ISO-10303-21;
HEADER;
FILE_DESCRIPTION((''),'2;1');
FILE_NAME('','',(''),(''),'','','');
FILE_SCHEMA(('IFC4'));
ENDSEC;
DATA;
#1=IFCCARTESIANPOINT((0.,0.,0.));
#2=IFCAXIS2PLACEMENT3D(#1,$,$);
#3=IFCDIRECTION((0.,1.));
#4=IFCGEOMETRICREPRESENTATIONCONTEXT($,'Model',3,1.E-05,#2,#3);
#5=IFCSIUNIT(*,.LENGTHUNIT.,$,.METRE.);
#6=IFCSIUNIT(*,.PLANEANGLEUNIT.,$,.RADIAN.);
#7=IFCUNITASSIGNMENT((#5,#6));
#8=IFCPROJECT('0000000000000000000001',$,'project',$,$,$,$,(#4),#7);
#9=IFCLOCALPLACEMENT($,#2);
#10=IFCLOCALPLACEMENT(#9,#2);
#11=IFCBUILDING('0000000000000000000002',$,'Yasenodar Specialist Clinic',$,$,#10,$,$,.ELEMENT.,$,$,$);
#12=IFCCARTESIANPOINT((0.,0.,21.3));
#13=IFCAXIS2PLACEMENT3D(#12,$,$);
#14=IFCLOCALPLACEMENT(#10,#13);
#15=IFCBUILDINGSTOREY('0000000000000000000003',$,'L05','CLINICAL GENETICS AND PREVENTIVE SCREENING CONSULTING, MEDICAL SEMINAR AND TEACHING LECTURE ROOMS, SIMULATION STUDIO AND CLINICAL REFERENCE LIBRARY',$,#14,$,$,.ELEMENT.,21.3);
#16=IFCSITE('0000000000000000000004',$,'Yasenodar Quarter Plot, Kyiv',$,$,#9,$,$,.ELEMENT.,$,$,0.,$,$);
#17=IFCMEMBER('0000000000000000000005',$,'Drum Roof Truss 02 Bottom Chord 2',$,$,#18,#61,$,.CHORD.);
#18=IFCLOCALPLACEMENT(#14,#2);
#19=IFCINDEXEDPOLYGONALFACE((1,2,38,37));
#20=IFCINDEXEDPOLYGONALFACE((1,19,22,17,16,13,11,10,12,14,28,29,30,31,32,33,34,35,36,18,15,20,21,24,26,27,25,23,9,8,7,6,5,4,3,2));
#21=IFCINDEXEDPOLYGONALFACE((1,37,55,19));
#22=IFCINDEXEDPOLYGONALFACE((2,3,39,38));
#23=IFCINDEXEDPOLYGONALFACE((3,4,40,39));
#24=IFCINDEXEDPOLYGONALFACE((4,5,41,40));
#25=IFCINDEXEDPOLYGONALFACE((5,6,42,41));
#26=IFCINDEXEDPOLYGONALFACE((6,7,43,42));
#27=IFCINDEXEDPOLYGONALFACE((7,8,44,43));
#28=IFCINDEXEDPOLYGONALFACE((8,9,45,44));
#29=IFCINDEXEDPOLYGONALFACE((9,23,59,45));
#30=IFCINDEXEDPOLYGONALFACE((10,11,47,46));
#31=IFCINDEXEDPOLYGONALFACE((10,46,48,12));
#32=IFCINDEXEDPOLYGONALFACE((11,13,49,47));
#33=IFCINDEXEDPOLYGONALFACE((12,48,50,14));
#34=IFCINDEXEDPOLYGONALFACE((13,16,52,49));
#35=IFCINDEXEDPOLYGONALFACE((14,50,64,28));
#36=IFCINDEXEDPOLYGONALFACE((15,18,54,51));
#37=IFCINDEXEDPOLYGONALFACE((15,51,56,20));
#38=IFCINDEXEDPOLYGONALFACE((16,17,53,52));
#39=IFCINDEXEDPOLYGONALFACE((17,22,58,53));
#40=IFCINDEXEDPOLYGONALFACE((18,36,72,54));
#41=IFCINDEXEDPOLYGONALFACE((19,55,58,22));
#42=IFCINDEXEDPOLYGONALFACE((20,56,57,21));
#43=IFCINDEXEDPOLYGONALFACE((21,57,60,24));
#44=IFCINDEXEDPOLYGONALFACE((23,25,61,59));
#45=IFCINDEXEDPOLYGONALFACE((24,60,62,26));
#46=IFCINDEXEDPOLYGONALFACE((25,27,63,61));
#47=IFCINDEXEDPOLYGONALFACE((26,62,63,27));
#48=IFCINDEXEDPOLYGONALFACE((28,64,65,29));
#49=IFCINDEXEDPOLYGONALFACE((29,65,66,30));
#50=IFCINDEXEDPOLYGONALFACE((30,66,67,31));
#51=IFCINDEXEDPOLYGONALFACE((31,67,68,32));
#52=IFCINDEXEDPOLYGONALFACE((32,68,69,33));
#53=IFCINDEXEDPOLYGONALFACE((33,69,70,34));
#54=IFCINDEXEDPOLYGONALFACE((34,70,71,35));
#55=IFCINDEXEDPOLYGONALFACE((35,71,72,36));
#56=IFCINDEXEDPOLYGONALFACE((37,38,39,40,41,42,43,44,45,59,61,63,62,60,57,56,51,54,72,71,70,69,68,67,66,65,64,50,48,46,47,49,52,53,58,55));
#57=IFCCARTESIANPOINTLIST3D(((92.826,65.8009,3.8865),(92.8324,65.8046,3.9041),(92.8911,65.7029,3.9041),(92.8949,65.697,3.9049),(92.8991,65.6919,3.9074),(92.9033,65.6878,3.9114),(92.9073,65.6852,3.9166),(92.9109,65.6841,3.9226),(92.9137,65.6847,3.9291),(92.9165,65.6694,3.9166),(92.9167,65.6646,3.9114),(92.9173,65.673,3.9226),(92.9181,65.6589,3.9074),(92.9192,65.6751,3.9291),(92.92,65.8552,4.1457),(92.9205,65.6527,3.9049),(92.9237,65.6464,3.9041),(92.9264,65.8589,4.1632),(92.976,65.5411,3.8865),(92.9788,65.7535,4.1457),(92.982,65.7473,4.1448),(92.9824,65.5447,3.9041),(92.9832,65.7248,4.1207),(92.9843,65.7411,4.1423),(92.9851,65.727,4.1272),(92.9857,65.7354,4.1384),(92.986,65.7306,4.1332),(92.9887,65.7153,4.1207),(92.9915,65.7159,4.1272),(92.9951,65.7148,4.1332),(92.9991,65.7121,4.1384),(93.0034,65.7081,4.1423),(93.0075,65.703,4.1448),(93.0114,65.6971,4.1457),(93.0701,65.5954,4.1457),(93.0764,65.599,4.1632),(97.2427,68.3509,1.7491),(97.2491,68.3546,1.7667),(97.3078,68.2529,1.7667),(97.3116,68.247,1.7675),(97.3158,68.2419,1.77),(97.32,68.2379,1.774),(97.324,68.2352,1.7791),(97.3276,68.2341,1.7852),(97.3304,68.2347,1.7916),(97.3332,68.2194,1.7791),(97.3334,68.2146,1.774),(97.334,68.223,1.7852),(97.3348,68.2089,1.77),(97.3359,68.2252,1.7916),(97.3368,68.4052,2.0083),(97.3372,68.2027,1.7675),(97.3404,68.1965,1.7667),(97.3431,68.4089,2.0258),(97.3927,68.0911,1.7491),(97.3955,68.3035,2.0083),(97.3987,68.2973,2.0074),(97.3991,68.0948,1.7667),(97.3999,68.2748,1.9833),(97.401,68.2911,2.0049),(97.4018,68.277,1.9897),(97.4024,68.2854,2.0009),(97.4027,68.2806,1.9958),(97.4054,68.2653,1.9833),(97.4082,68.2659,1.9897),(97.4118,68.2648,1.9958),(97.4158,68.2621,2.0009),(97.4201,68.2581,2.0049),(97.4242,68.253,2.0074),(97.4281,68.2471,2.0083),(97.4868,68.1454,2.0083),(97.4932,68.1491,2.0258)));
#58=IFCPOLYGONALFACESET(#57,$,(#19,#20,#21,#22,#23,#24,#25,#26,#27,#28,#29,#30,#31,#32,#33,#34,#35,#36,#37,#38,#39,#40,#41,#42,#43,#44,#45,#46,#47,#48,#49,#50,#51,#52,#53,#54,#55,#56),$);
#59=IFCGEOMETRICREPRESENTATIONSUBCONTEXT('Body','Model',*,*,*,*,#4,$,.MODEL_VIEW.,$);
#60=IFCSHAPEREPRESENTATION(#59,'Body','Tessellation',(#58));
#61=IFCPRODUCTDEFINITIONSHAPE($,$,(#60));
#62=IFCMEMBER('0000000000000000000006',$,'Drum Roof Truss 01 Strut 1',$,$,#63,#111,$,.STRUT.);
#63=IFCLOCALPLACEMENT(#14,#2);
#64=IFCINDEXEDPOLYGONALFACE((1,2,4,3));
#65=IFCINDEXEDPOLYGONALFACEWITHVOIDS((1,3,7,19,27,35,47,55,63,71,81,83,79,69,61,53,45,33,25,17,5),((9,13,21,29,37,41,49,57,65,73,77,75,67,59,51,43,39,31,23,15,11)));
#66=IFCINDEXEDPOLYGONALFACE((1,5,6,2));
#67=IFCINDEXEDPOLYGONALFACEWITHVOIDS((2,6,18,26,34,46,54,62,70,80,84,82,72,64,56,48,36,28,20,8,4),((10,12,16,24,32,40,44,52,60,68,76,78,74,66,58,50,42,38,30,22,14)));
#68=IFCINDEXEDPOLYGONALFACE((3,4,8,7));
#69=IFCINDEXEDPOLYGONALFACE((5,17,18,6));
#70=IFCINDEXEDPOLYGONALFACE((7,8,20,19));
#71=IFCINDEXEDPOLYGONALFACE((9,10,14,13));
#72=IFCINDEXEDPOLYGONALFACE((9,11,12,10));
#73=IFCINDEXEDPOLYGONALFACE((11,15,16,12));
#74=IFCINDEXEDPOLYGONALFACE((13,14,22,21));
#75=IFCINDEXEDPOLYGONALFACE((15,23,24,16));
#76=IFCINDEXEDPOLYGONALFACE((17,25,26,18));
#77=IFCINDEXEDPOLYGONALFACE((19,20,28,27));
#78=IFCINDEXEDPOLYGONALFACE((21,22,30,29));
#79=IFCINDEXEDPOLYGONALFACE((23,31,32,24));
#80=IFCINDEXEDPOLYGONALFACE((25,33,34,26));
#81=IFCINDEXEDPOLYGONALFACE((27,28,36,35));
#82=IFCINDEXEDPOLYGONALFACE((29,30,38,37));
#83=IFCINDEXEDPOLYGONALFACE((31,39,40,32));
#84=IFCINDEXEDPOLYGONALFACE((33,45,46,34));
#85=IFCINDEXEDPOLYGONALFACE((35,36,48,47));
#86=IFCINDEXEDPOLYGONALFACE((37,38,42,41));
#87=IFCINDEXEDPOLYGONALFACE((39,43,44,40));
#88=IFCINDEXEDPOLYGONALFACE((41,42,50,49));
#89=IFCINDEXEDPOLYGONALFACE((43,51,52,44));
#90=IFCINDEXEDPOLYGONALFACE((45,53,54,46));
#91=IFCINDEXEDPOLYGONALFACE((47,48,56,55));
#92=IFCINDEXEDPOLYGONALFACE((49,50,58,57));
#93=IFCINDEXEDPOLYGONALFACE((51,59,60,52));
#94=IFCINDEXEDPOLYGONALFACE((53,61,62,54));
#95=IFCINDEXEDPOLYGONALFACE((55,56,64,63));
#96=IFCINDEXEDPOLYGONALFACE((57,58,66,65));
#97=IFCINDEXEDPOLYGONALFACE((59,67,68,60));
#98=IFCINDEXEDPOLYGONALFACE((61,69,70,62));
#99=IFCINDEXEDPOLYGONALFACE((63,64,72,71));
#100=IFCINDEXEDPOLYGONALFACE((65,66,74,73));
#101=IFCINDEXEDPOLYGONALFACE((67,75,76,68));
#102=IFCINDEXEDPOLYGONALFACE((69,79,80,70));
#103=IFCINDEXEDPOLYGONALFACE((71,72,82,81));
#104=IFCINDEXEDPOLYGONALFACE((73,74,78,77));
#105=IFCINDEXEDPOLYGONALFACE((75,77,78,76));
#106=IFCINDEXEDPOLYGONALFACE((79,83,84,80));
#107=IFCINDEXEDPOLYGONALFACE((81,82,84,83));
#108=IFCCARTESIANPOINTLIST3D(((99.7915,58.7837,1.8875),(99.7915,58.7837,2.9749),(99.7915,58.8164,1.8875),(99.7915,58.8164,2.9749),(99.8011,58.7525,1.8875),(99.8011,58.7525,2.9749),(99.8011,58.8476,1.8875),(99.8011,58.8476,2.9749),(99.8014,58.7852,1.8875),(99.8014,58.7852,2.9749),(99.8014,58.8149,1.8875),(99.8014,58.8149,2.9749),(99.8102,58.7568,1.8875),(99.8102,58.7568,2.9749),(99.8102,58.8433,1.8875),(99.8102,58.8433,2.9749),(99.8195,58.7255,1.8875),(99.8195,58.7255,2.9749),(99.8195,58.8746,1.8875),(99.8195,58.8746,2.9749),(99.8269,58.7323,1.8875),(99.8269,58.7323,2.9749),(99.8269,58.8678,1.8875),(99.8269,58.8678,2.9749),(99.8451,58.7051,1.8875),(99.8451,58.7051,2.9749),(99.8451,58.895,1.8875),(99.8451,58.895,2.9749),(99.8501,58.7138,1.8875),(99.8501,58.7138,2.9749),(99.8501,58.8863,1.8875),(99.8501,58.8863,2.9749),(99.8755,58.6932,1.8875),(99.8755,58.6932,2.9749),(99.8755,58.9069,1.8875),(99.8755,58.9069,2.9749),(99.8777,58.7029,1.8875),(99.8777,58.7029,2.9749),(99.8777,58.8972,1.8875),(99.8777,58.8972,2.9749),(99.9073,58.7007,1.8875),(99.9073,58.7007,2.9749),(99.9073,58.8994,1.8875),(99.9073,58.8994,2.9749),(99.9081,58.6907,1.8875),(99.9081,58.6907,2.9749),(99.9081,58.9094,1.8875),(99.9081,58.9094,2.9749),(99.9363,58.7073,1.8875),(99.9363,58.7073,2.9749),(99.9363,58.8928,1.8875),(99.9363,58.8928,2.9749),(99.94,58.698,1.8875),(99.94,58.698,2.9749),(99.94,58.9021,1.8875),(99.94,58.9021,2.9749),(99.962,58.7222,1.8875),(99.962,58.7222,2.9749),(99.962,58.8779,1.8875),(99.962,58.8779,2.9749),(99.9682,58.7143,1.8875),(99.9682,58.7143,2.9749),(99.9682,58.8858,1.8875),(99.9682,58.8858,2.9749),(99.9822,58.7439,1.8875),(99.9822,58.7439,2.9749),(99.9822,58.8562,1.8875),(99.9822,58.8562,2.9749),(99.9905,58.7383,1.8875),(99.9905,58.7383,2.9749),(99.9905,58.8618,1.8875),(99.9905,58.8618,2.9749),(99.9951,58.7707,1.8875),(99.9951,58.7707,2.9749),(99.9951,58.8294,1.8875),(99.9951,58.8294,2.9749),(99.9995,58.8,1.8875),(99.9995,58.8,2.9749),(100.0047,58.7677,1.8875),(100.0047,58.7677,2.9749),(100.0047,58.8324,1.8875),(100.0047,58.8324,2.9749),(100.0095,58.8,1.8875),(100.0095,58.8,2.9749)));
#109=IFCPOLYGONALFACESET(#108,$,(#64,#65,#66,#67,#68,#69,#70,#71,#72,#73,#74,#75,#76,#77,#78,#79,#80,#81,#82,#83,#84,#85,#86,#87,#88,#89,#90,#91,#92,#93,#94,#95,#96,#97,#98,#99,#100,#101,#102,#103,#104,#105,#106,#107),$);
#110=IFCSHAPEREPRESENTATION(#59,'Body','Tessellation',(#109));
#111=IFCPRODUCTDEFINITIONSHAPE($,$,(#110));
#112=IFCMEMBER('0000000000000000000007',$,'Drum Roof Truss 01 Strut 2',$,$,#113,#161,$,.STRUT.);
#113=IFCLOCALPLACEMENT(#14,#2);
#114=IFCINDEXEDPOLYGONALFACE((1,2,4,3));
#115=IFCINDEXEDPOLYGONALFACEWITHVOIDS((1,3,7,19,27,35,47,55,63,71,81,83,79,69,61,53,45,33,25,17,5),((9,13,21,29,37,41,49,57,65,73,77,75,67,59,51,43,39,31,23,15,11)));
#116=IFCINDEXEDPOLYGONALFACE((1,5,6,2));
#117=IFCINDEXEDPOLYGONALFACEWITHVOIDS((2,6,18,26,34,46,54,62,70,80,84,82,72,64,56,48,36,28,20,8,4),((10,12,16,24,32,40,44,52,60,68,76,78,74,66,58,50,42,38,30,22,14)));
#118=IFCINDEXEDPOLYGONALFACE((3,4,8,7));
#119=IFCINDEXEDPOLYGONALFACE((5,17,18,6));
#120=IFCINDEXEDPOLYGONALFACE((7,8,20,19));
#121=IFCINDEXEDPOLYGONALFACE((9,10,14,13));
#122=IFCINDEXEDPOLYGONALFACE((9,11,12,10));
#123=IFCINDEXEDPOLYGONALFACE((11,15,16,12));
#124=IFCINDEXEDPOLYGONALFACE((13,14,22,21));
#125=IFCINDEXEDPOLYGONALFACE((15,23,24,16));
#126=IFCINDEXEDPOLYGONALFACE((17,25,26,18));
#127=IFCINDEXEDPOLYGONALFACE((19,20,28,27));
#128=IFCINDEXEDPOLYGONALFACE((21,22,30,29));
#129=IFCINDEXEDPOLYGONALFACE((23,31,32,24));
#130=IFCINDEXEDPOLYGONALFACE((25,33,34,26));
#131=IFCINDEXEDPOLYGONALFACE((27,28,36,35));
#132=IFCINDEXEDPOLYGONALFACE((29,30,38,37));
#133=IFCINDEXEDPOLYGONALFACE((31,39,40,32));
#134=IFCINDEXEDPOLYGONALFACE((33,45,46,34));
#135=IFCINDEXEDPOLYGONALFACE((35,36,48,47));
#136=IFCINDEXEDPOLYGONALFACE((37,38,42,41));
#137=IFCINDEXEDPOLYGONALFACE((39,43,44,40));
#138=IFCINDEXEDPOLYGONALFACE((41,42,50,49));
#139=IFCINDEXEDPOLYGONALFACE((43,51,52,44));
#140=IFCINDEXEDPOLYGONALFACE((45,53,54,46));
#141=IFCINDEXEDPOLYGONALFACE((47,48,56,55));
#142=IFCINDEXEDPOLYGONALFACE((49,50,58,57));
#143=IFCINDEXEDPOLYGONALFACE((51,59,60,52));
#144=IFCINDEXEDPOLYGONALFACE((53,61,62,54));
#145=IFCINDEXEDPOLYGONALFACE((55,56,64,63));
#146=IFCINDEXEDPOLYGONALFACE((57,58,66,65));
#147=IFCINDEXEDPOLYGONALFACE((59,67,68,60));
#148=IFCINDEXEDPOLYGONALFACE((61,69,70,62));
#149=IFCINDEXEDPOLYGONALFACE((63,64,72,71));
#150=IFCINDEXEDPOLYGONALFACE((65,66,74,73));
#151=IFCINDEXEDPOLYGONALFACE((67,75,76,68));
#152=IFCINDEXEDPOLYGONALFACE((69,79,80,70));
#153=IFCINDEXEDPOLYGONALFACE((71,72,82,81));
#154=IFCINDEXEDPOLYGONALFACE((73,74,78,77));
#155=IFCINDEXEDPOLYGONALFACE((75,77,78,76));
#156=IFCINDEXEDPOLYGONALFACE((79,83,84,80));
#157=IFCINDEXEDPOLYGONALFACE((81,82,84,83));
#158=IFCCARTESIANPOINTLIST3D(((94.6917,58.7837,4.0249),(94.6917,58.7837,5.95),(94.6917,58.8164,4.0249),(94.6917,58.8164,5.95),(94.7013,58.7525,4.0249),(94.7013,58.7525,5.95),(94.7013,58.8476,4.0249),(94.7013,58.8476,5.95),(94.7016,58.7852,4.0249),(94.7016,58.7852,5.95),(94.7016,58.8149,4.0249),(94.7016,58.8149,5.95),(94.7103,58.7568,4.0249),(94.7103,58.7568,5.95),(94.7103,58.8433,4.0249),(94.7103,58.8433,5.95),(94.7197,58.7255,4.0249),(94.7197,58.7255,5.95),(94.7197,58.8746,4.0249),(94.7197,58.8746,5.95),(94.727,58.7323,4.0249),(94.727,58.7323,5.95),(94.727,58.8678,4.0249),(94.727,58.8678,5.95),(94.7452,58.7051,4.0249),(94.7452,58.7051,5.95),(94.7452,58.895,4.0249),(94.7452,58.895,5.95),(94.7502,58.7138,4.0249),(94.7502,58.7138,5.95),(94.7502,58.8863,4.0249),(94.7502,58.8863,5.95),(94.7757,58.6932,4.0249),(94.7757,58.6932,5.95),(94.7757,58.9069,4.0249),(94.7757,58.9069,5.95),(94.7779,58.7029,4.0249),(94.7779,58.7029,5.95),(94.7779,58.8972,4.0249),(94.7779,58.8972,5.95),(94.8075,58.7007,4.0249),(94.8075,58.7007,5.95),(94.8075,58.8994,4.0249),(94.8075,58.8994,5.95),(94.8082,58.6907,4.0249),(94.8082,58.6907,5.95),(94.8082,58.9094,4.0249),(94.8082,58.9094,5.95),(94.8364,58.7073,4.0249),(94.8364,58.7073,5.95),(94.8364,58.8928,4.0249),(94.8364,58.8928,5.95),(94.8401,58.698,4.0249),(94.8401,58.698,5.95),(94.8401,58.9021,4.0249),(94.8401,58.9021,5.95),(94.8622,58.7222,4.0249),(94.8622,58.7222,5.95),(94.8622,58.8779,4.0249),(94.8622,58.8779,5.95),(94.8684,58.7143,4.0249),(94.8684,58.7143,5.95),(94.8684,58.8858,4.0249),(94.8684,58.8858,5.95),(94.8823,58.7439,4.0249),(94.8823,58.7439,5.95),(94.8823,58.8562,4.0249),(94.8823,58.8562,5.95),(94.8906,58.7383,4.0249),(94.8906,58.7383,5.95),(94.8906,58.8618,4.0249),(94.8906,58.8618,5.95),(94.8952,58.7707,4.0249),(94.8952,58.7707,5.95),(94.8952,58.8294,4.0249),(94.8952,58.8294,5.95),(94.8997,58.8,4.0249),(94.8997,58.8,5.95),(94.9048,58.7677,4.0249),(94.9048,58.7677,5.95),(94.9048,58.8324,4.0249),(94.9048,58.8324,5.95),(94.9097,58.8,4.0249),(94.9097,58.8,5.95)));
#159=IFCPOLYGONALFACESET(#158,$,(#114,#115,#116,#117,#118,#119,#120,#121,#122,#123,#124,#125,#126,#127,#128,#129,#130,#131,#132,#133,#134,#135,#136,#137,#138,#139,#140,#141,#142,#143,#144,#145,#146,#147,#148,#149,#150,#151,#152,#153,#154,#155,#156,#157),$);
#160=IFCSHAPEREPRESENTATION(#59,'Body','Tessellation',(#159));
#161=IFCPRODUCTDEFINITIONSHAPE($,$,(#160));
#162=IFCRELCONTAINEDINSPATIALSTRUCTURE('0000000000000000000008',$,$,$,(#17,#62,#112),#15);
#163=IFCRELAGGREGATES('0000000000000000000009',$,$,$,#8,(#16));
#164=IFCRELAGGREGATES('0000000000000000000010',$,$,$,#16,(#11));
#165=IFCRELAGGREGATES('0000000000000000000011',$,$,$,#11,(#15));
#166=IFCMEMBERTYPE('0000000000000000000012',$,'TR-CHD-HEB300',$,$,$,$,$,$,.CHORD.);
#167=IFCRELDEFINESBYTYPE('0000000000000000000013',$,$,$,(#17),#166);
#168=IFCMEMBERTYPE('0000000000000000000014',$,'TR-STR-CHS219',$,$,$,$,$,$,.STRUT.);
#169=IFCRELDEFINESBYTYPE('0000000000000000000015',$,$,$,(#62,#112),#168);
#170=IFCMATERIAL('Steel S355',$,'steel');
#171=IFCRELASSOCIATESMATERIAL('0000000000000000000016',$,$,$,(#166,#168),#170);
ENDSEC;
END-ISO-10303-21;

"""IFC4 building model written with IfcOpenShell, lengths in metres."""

from ifc_helpers import new_model, si_unit, direction, frame, origin, origin_2d, place, context, subcontext, project, spatial, hollow_circle, i_section, extrude, material, material_profile, profile_set, type_object, element, save


model = new_model("IFC4")

# Units and contexts
model_context = context("Model", 3, precision=1e-05, world=origin(), true_north=direction((0.0, 1.0)))
body_context = subcontext(model_context, "Body", "Model", "MODEL_VIEW")
ifc_project = project(units=[si_unit("LENGTHUNIT", "METRE"), si_unit("PLANEANGLEUNIT", "RADIAN")], contexts=[model_context])

# Site, building, storey
site_placement = place(None, origin())
site = spatial("IfcSite", under=ifc_project, at=site_placement, Name="Yasenodar Quarter Plot, Kyiv", CompositionType="ELEMENT", RefElevation=0.0)
building_placement = place(site_placement, origin())
building = spatial("IfcBuilding", under=site, at=building_placement, Name="Yasenodar Specialist Clinic", CompositionType="ELEMENT")
storey_placement = place(building_placement, frame((0.0, 0.0, 21.3)))
storey = spatial("IfcBuildingStorey", under=building, at=storey_placement, Name="L05", Description="CLINICAL GENETICS AND PREVENTIVE SCREENING CONSULTING, MEDICAL SEMINAR AND TEACHING LECTURE ROOMS, SIMULATION STUDIO AND CLINICAL REFERENCE LIBRARY", CompositionType="ELEMENT", Elevation=21.3)

# Members
ifc_material = material(Name="Steel S355", Category="steel")
ifc_material_profile_1 = material_profile(ifc_material, i_section(OverallWidth=0.3, OverallDepth=0.3, WebThickness=0.011, FlangeThickness=0.019, FilletRadius=0.0271, at=origin_2d()), Name="HEB 300")
ifc_profile_set_1 = profile_set([ifc_material_profile_1], Name="Steel S355")
member_type_1 = type_object("IfcMemberType", Name="TR-CHD-HEB300", PredefinedType="CHORD", material=ifc_profile_set_1)
for number, where, z_axis, x_axis, name in (
    (1, (97.3679, 68.25, 1.8875), (-0.798712, -0.461143, 0.386531), (0.500006, -0.866022, 0.0), "Drum Roof Truss 02 Bottom Chord 2"),
):
    element("IfcMember", number, at=place(storey_placement, frame(where, z_axis=z_axis, x_axis=x_axis)), inside=storey, type_object=member_type_1, Name=name, PredefinedType="CHORD", context=body_context, shape_type="SweptSolid", body=[
        extrude(i_section(OverallWidth=0.3, OverallDepth=0.3, WebThickness=0.011, FlangeThickness=0.019, FilletRadius=0.0271, at=origin_2d()), origin(), (0.0, 0.0, 1.0), 5.5298),
    ])
ifc_material_profile_2 = material_profile(ifc_material, hollow_circle(Radius=0.1096, WallThickness=0.01, at=origin_2d()), Name="CHS 219.1x10")
ifc_profile_set_2 = profile_set([ifc_material_profile_2], Name="Steel S355")
member_type_2 = type_object("IfcMemberType", Name="TR-STR-CHS219", PredefinedType="STRUT", material=ifc_profile_set_2)
member_1_placement = place(storey_placement, frame((99.8999, 58.8, 1.8875), z_axis=(0.0, 0.0, 1.0), x_axis=(1.0, 0.0, 0.0)))
element("IfcMember", 2, at=member_1_placement, inside=storey, type_object=member_type_2, Name="Drum Roof Truss 01 Strut 1", PredefinedType="STRUT", context=body_context, shape_type="SweptSolid", body=[
    extrude(hollow_circle(Radius=0.1096, WallThickness=0.01, at=origin_2d()), origin(), (0.0, 0.0, 1.0), 1.0874),
])
member_2_placement = place(storey_placement, frame((94.8, 58.8, 4.0249), z_axis=(0.0, 0.0, 1.0), x_axis=(1.0, 0.0, 0.0)))
element("IfcMember", 3, at=member_2_placement, inside=storey, type_object=member_type_2, Name="Drum Roof Truss 01 Strut 2", PredefinedType="STRUT", context=body_context, shape_type="SweptSolid", body=[
    extrude(hollow_circle(Radius=0.1096, WallThickness=0.01, at=origin_2d()), origin(), (0.0, 0.0, 1.0), 1.925),
])

save(model, "model.ifc")
